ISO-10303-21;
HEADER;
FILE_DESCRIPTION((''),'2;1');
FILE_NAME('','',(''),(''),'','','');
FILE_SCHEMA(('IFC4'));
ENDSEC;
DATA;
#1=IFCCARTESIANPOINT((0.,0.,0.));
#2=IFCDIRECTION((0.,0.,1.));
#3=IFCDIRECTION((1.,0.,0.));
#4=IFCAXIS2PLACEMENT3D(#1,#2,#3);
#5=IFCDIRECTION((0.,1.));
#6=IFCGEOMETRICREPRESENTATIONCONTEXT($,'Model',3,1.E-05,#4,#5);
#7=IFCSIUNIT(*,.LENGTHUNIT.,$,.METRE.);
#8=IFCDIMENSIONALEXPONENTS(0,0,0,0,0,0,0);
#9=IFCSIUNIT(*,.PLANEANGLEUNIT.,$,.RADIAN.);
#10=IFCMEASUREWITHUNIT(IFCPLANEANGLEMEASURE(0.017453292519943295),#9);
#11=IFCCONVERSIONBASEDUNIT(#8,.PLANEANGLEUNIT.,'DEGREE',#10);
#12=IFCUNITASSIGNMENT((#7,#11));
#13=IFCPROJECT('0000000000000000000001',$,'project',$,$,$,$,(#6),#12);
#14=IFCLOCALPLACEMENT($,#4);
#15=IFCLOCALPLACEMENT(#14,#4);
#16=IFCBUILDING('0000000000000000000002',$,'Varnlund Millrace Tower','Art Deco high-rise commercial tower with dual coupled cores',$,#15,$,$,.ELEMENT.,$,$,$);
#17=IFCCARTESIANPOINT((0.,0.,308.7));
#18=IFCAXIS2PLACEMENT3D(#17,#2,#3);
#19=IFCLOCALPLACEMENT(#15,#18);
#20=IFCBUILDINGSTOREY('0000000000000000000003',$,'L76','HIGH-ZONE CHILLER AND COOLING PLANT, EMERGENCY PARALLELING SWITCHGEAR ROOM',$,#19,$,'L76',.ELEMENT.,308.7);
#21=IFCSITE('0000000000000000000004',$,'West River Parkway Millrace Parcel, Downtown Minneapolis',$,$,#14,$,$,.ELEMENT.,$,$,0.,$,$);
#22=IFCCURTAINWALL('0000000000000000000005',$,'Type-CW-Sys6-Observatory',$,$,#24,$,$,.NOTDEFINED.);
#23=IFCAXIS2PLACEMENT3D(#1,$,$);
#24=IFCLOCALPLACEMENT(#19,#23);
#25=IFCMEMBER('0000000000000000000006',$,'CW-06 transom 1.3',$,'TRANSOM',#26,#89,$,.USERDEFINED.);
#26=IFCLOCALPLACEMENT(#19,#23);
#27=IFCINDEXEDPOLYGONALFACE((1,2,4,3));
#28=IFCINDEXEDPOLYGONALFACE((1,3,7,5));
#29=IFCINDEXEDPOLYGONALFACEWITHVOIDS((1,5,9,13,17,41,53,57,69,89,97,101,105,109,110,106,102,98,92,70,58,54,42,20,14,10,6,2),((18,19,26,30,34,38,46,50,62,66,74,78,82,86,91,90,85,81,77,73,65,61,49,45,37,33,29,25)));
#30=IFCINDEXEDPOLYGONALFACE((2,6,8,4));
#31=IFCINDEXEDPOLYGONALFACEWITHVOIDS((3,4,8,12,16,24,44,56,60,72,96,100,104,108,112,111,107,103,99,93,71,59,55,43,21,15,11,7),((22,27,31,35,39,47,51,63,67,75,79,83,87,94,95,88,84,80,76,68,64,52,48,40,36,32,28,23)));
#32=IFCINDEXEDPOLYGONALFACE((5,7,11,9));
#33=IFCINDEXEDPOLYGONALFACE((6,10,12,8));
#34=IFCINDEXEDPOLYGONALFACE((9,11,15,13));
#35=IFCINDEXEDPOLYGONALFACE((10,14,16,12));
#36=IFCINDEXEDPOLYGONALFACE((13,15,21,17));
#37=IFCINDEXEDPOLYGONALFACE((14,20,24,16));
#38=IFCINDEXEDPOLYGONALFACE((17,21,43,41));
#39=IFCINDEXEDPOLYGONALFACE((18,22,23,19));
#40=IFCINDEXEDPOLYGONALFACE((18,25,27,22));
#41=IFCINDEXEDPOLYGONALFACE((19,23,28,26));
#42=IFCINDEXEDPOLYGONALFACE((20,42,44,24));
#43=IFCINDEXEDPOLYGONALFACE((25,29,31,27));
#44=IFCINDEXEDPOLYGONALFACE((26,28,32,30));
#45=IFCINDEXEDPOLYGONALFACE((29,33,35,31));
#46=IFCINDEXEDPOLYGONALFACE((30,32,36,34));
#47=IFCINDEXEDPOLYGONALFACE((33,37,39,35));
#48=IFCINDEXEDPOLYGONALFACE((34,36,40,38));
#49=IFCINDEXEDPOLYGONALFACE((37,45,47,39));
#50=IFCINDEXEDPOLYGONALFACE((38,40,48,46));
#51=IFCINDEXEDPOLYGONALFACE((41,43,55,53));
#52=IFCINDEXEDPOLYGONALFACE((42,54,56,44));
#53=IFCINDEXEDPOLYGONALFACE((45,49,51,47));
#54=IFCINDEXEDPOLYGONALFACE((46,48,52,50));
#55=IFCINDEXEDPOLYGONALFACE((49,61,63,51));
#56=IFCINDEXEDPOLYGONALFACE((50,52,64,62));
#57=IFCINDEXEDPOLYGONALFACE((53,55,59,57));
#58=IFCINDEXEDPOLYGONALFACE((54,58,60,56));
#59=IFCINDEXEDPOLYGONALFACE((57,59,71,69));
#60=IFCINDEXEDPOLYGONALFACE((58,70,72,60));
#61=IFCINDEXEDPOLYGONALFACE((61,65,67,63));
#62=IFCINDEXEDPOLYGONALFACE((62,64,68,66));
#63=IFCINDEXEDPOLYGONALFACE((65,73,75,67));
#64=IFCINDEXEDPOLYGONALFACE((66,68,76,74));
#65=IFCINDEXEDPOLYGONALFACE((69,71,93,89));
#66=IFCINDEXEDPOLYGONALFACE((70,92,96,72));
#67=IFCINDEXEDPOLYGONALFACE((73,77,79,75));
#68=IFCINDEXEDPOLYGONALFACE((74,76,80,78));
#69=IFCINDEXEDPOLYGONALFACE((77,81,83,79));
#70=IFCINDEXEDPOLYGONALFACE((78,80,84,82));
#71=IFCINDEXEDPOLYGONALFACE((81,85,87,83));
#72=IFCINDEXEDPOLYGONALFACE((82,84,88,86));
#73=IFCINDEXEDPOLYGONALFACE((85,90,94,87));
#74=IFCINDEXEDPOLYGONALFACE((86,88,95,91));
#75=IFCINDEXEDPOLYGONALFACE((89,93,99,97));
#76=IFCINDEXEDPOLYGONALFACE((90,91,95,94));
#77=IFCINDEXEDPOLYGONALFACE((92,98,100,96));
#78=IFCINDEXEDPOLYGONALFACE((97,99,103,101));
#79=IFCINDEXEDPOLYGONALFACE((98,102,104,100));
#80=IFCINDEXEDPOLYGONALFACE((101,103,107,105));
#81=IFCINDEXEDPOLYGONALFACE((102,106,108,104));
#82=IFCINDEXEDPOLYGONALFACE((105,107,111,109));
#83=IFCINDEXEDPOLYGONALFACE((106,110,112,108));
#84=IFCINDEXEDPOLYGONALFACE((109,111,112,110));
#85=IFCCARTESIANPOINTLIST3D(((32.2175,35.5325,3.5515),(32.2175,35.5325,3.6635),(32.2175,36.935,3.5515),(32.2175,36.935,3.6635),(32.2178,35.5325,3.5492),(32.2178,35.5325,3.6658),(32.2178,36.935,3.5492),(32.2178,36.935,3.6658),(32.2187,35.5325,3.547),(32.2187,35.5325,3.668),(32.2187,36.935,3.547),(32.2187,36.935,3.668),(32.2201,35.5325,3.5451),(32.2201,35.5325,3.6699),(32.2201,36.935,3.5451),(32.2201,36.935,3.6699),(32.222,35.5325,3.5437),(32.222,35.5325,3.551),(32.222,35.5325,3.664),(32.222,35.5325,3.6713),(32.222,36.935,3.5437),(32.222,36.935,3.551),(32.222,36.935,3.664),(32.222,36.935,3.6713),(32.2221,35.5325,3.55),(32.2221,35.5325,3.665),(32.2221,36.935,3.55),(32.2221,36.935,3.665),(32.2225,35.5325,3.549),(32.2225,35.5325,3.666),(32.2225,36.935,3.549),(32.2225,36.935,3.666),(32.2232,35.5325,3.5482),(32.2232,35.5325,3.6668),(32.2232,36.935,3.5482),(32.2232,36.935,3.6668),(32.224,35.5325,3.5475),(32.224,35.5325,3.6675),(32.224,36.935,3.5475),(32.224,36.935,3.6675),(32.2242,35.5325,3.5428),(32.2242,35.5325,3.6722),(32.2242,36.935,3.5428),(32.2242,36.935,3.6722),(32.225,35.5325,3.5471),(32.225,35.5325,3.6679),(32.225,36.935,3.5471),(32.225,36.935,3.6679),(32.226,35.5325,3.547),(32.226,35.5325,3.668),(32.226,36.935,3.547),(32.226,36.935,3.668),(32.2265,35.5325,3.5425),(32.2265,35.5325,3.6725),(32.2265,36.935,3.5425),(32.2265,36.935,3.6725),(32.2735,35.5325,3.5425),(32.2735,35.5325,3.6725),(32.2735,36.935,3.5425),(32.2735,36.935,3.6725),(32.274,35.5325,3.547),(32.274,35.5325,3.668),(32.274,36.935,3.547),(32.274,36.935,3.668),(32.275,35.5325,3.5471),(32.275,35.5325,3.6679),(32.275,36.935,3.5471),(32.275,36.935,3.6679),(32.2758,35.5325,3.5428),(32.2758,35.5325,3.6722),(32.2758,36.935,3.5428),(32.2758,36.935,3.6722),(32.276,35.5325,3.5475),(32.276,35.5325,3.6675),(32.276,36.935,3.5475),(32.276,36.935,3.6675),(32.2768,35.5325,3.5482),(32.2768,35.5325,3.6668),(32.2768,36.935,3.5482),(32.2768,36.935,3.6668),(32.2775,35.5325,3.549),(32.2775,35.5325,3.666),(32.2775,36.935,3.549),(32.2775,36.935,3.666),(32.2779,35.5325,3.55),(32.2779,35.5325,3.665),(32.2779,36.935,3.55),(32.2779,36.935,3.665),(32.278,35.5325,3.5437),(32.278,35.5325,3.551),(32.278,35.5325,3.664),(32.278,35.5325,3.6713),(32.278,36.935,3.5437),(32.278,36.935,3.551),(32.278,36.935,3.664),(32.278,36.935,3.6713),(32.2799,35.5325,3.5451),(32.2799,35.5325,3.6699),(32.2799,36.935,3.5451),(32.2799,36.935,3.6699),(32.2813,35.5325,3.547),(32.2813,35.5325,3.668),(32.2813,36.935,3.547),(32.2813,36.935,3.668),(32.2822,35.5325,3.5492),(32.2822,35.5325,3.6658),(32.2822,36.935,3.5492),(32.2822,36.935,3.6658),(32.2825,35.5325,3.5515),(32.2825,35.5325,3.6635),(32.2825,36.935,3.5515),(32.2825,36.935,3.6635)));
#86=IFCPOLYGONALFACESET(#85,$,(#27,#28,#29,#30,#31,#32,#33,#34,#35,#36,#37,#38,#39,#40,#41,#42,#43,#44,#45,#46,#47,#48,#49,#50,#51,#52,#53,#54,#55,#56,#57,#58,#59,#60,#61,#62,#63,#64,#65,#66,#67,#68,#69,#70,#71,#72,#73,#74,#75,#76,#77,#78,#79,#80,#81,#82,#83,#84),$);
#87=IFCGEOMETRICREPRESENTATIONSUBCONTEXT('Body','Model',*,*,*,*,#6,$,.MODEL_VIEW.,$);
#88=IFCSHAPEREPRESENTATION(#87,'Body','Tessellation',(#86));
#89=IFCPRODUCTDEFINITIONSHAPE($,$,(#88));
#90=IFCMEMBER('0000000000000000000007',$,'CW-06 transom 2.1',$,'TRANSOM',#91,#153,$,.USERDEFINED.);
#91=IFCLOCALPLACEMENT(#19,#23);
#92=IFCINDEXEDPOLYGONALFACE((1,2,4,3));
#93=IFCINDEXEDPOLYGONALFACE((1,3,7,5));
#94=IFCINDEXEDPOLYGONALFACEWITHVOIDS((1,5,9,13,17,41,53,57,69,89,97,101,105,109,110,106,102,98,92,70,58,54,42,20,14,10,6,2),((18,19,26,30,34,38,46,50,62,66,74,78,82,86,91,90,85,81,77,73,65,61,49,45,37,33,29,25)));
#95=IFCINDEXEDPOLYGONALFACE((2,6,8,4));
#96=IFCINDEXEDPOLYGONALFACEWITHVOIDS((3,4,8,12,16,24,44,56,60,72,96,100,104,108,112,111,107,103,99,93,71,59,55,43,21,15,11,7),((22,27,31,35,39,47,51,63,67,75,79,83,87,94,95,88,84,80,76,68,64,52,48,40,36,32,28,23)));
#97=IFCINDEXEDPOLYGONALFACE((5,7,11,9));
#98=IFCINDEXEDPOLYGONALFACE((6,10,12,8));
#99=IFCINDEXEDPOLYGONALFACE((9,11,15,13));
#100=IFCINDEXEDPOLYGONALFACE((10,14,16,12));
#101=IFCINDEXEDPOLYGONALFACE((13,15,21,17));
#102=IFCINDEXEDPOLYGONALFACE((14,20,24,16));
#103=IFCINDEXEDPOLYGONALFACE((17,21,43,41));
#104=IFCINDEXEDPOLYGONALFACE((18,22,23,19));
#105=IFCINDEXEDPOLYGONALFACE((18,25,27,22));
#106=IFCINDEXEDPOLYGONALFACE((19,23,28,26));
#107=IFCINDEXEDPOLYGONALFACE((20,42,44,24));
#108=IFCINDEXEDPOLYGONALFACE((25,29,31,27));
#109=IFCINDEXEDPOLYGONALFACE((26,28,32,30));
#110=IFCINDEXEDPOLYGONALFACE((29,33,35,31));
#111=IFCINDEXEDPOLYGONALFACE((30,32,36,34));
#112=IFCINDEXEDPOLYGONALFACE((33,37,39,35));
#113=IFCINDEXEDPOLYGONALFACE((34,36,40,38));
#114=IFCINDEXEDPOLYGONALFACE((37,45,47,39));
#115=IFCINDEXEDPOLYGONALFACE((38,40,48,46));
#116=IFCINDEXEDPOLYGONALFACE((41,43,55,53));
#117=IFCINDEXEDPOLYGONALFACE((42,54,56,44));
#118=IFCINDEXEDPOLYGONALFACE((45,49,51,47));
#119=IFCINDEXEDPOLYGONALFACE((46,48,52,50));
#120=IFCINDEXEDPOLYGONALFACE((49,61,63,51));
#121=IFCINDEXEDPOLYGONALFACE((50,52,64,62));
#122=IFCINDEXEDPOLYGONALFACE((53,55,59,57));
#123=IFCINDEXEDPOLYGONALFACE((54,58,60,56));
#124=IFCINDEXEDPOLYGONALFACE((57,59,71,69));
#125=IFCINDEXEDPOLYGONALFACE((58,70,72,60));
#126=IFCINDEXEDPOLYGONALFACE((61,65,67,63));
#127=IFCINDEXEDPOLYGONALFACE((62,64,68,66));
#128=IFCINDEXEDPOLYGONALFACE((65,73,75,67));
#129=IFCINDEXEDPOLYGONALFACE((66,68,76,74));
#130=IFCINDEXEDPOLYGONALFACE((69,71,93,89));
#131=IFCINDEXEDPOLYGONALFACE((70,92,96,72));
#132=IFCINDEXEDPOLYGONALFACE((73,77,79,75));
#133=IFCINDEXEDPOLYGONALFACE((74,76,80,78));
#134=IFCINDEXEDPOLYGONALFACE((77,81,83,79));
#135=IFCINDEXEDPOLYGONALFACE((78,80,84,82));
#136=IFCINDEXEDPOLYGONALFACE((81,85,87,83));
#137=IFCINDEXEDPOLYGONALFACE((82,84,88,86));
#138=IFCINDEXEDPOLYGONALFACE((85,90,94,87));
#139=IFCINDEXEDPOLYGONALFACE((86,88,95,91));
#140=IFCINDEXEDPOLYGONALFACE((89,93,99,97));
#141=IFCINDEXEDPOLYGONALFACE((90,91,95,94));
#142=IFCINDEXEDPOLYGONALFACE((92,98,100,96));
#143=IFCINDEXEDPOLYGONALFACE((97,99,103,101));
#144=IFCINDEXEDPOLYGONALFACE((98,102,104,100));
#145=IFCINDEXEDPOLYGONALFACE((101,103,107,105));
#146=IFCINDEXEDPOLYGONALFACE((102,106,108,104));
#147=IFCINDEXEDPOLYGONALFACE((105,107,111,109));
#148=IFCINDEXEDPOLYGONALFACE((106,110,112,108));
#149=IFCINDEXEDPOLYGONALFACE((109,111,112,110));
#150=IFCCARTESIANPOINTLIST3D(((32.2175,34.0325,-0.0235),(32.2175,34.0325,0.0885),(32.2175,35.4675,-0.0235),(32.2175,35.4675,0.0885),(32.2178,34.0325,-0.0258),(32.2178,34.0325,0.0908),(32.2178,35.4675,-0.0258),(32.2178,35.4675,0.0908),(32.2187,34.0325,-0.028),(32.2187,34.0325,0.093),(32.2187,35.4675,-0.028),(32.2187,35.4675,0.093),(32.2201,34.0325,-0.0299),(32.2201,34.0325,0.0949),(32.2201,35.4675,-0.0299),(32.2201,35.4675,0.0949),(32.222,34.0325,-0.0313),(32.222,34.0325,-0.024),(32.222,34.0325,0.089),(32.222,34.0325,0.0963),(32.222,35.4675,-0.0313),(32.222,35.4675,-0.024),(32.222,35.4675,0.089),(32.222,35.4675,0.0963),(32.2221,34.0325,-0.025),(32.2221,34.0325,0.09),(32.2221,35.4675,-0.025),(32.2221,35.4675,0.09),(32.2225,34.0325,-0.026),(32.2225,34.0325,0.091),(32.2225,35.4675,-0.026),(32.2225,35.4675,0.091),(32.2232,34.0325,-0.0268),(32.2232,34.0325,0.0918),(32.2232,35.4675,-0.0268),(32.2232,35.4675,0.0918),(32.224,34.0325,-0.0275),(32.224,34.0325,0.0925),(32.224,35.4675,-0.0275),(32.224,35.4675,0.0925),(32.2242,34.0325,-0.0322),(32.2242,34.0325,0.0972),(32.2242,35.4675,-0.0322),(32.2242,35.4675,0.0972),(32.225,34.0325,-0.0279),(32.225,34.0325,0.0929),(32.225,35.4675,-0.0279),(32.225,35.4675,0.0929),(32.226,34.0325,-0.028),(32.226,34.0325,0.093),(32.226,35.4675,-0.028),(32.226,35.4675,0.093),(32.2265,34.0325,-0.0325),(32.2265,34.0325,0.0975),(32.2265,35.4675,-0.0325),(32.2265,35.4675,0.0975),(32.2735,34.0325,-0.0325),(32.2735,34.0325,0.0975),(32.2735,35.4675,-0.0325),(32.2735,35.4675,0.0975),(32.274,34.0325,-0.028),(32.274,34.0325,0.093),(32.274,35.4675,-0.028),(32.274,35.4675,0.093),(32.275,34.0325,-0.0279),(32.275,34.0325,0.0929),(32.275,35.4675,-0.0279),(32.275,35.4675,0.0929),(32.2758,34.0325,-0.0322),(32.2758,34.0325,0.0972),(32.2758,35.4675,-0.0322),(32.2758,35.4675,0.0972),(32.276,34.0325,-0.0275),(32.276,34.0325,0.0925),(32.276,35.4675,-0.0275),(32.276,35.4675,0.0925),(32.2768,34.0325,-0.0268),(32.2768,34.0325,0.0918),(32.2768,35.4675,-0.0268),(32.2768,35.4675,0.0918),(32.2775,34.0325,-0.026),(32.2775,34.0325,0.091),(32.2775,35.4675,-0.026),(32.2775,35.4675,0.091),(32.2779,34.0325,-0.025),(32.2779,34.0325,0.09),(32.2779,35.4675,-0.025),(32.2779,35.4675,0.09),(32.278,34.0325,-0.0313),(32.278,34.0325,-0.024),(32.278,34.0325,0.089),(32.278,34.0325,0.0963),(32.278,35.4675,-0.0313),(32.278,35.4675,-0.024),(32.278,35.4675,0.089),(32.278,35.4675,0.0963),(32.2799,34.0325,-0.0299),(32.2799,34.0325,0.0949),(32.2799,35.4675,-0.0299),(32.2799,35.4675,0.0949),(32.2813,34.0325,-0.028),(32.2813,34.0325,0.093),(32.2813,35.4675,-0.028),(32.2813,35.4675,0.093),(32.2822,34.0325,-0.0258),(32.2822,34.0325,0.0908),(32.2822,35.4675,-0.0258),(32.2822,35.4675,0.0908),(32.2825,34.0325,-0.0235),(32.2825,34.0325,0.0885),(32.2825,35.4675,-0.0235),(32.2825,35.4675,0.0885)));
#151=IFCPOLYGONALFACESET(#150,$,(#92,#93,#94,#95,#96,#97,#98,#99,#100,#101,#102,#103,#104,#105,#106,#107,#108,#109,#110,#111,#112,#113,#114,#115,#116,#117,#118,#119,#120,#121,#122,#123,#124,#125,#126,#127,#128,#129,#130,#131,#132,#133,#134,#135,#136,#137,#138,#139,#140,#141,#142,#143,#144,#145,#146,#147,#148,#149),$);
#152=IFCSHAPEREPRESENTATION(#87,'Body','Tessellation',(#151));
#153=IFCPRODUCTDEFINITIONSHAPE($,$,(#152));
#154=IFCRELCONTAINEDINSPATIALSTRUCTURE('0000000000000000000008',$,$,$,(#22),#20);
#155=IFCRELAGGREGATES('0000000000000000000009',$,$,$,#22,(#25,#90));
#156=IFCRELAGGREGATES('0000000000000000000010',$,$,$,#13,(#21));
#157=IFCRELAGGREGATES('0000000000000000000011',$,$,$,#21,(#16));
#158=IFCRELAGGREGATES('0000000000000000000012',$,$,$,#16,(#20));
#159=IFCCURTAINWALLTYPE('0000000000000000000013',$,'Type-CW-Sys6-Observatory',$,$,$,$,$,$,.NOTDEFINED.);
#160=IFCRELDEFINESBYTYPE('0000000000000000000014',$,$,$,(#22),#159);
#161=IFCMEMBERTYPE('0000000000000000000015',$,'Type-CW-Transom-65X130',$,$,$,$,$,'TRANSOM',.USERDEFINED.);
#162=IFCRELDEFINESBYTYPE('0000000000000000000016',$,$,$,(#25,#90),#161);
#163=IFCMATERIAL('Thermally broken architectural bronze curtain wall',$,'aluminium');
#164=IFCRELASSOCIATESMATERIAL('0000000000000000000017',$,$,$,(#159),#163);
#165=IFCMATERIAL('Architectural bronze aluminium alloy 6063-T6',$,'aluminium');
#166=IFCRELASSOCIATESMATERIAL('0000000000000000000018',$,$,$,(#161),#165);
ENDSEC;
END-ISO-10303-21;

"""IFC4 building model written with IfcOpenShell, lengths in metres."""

from ifc_helpers import new_model, entity, si_unit, converted_unit, direction, frame, origin_with_axes, origin_2d_with_axis, place, context, subcontext, project, spatial, hollow_rectangle, extrude, material, material_profile, profile_set, type_object, element, aggregate, save


model = new_model("IFC4")

# Units and contexts
model_context = context("Model", 3, precision=1e-05, world=origin_with_axes(), true_north=direction((0.0, 1.0)))
body_context = subcontext(model_context, "Body", "Model", "MODEL_VIEW")
ifc_project = project(units=[si_unit("LENGTHUNIT", "METRE"), converted_unit("PLANEANGLEUNIT", "DEGREE", entity("IfcPlaneAngleMeasure", 0.017453292519943295), si_unit("PLANEANGLEUNIT", "RADIAN"), dimensions=[0, 0, 0, 0, 0, 0, 0])], contexts=[model_context])

# Site, building, storey
site_placement = place(None, origin_with_axes())
site = spatial("IfcSite", under=ifc_project, at=site_placement, Name="West River Parkway Millrace Parcel, Downtown Minneapolis", CompositionType="ELEMENT", RefElevation=0.0)
building_placement = place(site_placement, origin_with_axes())
building = spatial("IfcBuilding", under=site, at=building_placement, Name="Varnlund Millrace Tower", Description="Art Deco high-rise commercial tower with dual coupled cores", CompositionType="ELEMENT")
storey_placement = place(building_placement, frame((0.0, 0.0, 308.7), z_axis=(0.0, 0.0, 1.0), x_axis=(1.0, 0.0, 0.0)))
storey = spatial("IfcBuildingStorey", under=building, at=storey_placement, Name="L76", Description="HIGH-ZONE CHILLER AND COOLING PLANT, EMERGENCY PARALLELING SWITCHGEAR ROOM", LongName="L76", CompositionType="ELEMENT", Elevation=308.7)

# Curtain wall, members
ifc_material_1 = material(Name="Thermally broken architectural bronze curtain wall", Category="aluminium")
curtain_wall_type = type_object("IfcCurtainWallType", Name="Type-CW-Sys6-Observatory", PredefinedType="NOTDEFINED", material=ifc_material_1)
curtain_wall_1_placement = place(storey_placement, frame((32.25, 37.0, 0.0), z_axis=(0.0, 0.0, 1.0), x_axis=(1.0, 0.0, 0.0)))
curtain_wall_1 = element("IfcCurtainWall", 1, at=curtain_wall_1_placement, inside=storey, type_object=curtain_wall_type, Name="Type-CW-Sys6-Observatory", PredefinedType="NOTDEFINED")
ifc_material_2 = material(Name="Architectural bronze aluminium alloy 6063-T6", Category="aluminium")
ifc_material_profile_1 = material_profile(ifc_material_2, hollow_rectangle(XDim=0.065, YDim=0.13, WallThickness=0.0045, InnerFilletRadius=0.004, OuterFilletRadius=0.009, at=origin_2d_with_axis()), Name="Architectural bronze aluminium alloy 6063-T6")
ifc_profile_set_1 = profile_set([ifc_material_profile_1], Name="Architectural bronze aluminium alloy 6063-T6")
member_type = type_object("IfcMemberType", Name="Type-CW-Transom-65X130", ElementType="TRANSOM", PredefinedType="USERDEFINED", material=ifc_profile_set_1)
member_1_placement = place(storey_placement, frame((32.25, 36.935, 3.6075), z_axis=(0.0, -1.0, 0.0), x_axis=(1.0, 0.0, 0.0)))
member_1 = element("IfcMember", 2, at=member_1_placement, type_object=member_type, Name="CW-06 transom 1.3", ObjectType="TRANSOM", PredefinedType="USERDEFINED", context=body_context, shape_type="SweptSolid", body=[
    extrude(hollow_rectangle(XDim=0.065, YDim=0.13, WallThickness=0.0045, InnerFilletRadius=0.004, OuterFilletRadius=0.009, at=origin_2d_with_axis()), origin_with_axes(), (0.0, 0.0, 1.0), 1.4025),
])
member_2_placement = place(storey_placement, frame((32.25, 35.4675, 0.0325), z_axis=(0.0, -1.0, 0.0), x_axis=(1.0, 0.0, 0.0)))
member_2 = element("IfcMember", 3, at=member_2_placement, type_object=member_type, Name="CW-06 transom 2.1", ObjectType="TRANSOM", PredefinedType="USERDEFINED", context=body_context, shape_type="SweptSolid", body=[
    extrude(hollow_rectangle(XDim=0.065, YDim=0.13, WallThickness=0.0045, InnerFilletRadius=0.004, OuterFilletRadius=0.009, at=origin_2d_with_axis()), origin_with_axes(), (0.0, 0.0, 1.0), 1.435),
])

aggregate(curtain_wall_1, [member_1, member_2])

save(model, "model.ifc")
